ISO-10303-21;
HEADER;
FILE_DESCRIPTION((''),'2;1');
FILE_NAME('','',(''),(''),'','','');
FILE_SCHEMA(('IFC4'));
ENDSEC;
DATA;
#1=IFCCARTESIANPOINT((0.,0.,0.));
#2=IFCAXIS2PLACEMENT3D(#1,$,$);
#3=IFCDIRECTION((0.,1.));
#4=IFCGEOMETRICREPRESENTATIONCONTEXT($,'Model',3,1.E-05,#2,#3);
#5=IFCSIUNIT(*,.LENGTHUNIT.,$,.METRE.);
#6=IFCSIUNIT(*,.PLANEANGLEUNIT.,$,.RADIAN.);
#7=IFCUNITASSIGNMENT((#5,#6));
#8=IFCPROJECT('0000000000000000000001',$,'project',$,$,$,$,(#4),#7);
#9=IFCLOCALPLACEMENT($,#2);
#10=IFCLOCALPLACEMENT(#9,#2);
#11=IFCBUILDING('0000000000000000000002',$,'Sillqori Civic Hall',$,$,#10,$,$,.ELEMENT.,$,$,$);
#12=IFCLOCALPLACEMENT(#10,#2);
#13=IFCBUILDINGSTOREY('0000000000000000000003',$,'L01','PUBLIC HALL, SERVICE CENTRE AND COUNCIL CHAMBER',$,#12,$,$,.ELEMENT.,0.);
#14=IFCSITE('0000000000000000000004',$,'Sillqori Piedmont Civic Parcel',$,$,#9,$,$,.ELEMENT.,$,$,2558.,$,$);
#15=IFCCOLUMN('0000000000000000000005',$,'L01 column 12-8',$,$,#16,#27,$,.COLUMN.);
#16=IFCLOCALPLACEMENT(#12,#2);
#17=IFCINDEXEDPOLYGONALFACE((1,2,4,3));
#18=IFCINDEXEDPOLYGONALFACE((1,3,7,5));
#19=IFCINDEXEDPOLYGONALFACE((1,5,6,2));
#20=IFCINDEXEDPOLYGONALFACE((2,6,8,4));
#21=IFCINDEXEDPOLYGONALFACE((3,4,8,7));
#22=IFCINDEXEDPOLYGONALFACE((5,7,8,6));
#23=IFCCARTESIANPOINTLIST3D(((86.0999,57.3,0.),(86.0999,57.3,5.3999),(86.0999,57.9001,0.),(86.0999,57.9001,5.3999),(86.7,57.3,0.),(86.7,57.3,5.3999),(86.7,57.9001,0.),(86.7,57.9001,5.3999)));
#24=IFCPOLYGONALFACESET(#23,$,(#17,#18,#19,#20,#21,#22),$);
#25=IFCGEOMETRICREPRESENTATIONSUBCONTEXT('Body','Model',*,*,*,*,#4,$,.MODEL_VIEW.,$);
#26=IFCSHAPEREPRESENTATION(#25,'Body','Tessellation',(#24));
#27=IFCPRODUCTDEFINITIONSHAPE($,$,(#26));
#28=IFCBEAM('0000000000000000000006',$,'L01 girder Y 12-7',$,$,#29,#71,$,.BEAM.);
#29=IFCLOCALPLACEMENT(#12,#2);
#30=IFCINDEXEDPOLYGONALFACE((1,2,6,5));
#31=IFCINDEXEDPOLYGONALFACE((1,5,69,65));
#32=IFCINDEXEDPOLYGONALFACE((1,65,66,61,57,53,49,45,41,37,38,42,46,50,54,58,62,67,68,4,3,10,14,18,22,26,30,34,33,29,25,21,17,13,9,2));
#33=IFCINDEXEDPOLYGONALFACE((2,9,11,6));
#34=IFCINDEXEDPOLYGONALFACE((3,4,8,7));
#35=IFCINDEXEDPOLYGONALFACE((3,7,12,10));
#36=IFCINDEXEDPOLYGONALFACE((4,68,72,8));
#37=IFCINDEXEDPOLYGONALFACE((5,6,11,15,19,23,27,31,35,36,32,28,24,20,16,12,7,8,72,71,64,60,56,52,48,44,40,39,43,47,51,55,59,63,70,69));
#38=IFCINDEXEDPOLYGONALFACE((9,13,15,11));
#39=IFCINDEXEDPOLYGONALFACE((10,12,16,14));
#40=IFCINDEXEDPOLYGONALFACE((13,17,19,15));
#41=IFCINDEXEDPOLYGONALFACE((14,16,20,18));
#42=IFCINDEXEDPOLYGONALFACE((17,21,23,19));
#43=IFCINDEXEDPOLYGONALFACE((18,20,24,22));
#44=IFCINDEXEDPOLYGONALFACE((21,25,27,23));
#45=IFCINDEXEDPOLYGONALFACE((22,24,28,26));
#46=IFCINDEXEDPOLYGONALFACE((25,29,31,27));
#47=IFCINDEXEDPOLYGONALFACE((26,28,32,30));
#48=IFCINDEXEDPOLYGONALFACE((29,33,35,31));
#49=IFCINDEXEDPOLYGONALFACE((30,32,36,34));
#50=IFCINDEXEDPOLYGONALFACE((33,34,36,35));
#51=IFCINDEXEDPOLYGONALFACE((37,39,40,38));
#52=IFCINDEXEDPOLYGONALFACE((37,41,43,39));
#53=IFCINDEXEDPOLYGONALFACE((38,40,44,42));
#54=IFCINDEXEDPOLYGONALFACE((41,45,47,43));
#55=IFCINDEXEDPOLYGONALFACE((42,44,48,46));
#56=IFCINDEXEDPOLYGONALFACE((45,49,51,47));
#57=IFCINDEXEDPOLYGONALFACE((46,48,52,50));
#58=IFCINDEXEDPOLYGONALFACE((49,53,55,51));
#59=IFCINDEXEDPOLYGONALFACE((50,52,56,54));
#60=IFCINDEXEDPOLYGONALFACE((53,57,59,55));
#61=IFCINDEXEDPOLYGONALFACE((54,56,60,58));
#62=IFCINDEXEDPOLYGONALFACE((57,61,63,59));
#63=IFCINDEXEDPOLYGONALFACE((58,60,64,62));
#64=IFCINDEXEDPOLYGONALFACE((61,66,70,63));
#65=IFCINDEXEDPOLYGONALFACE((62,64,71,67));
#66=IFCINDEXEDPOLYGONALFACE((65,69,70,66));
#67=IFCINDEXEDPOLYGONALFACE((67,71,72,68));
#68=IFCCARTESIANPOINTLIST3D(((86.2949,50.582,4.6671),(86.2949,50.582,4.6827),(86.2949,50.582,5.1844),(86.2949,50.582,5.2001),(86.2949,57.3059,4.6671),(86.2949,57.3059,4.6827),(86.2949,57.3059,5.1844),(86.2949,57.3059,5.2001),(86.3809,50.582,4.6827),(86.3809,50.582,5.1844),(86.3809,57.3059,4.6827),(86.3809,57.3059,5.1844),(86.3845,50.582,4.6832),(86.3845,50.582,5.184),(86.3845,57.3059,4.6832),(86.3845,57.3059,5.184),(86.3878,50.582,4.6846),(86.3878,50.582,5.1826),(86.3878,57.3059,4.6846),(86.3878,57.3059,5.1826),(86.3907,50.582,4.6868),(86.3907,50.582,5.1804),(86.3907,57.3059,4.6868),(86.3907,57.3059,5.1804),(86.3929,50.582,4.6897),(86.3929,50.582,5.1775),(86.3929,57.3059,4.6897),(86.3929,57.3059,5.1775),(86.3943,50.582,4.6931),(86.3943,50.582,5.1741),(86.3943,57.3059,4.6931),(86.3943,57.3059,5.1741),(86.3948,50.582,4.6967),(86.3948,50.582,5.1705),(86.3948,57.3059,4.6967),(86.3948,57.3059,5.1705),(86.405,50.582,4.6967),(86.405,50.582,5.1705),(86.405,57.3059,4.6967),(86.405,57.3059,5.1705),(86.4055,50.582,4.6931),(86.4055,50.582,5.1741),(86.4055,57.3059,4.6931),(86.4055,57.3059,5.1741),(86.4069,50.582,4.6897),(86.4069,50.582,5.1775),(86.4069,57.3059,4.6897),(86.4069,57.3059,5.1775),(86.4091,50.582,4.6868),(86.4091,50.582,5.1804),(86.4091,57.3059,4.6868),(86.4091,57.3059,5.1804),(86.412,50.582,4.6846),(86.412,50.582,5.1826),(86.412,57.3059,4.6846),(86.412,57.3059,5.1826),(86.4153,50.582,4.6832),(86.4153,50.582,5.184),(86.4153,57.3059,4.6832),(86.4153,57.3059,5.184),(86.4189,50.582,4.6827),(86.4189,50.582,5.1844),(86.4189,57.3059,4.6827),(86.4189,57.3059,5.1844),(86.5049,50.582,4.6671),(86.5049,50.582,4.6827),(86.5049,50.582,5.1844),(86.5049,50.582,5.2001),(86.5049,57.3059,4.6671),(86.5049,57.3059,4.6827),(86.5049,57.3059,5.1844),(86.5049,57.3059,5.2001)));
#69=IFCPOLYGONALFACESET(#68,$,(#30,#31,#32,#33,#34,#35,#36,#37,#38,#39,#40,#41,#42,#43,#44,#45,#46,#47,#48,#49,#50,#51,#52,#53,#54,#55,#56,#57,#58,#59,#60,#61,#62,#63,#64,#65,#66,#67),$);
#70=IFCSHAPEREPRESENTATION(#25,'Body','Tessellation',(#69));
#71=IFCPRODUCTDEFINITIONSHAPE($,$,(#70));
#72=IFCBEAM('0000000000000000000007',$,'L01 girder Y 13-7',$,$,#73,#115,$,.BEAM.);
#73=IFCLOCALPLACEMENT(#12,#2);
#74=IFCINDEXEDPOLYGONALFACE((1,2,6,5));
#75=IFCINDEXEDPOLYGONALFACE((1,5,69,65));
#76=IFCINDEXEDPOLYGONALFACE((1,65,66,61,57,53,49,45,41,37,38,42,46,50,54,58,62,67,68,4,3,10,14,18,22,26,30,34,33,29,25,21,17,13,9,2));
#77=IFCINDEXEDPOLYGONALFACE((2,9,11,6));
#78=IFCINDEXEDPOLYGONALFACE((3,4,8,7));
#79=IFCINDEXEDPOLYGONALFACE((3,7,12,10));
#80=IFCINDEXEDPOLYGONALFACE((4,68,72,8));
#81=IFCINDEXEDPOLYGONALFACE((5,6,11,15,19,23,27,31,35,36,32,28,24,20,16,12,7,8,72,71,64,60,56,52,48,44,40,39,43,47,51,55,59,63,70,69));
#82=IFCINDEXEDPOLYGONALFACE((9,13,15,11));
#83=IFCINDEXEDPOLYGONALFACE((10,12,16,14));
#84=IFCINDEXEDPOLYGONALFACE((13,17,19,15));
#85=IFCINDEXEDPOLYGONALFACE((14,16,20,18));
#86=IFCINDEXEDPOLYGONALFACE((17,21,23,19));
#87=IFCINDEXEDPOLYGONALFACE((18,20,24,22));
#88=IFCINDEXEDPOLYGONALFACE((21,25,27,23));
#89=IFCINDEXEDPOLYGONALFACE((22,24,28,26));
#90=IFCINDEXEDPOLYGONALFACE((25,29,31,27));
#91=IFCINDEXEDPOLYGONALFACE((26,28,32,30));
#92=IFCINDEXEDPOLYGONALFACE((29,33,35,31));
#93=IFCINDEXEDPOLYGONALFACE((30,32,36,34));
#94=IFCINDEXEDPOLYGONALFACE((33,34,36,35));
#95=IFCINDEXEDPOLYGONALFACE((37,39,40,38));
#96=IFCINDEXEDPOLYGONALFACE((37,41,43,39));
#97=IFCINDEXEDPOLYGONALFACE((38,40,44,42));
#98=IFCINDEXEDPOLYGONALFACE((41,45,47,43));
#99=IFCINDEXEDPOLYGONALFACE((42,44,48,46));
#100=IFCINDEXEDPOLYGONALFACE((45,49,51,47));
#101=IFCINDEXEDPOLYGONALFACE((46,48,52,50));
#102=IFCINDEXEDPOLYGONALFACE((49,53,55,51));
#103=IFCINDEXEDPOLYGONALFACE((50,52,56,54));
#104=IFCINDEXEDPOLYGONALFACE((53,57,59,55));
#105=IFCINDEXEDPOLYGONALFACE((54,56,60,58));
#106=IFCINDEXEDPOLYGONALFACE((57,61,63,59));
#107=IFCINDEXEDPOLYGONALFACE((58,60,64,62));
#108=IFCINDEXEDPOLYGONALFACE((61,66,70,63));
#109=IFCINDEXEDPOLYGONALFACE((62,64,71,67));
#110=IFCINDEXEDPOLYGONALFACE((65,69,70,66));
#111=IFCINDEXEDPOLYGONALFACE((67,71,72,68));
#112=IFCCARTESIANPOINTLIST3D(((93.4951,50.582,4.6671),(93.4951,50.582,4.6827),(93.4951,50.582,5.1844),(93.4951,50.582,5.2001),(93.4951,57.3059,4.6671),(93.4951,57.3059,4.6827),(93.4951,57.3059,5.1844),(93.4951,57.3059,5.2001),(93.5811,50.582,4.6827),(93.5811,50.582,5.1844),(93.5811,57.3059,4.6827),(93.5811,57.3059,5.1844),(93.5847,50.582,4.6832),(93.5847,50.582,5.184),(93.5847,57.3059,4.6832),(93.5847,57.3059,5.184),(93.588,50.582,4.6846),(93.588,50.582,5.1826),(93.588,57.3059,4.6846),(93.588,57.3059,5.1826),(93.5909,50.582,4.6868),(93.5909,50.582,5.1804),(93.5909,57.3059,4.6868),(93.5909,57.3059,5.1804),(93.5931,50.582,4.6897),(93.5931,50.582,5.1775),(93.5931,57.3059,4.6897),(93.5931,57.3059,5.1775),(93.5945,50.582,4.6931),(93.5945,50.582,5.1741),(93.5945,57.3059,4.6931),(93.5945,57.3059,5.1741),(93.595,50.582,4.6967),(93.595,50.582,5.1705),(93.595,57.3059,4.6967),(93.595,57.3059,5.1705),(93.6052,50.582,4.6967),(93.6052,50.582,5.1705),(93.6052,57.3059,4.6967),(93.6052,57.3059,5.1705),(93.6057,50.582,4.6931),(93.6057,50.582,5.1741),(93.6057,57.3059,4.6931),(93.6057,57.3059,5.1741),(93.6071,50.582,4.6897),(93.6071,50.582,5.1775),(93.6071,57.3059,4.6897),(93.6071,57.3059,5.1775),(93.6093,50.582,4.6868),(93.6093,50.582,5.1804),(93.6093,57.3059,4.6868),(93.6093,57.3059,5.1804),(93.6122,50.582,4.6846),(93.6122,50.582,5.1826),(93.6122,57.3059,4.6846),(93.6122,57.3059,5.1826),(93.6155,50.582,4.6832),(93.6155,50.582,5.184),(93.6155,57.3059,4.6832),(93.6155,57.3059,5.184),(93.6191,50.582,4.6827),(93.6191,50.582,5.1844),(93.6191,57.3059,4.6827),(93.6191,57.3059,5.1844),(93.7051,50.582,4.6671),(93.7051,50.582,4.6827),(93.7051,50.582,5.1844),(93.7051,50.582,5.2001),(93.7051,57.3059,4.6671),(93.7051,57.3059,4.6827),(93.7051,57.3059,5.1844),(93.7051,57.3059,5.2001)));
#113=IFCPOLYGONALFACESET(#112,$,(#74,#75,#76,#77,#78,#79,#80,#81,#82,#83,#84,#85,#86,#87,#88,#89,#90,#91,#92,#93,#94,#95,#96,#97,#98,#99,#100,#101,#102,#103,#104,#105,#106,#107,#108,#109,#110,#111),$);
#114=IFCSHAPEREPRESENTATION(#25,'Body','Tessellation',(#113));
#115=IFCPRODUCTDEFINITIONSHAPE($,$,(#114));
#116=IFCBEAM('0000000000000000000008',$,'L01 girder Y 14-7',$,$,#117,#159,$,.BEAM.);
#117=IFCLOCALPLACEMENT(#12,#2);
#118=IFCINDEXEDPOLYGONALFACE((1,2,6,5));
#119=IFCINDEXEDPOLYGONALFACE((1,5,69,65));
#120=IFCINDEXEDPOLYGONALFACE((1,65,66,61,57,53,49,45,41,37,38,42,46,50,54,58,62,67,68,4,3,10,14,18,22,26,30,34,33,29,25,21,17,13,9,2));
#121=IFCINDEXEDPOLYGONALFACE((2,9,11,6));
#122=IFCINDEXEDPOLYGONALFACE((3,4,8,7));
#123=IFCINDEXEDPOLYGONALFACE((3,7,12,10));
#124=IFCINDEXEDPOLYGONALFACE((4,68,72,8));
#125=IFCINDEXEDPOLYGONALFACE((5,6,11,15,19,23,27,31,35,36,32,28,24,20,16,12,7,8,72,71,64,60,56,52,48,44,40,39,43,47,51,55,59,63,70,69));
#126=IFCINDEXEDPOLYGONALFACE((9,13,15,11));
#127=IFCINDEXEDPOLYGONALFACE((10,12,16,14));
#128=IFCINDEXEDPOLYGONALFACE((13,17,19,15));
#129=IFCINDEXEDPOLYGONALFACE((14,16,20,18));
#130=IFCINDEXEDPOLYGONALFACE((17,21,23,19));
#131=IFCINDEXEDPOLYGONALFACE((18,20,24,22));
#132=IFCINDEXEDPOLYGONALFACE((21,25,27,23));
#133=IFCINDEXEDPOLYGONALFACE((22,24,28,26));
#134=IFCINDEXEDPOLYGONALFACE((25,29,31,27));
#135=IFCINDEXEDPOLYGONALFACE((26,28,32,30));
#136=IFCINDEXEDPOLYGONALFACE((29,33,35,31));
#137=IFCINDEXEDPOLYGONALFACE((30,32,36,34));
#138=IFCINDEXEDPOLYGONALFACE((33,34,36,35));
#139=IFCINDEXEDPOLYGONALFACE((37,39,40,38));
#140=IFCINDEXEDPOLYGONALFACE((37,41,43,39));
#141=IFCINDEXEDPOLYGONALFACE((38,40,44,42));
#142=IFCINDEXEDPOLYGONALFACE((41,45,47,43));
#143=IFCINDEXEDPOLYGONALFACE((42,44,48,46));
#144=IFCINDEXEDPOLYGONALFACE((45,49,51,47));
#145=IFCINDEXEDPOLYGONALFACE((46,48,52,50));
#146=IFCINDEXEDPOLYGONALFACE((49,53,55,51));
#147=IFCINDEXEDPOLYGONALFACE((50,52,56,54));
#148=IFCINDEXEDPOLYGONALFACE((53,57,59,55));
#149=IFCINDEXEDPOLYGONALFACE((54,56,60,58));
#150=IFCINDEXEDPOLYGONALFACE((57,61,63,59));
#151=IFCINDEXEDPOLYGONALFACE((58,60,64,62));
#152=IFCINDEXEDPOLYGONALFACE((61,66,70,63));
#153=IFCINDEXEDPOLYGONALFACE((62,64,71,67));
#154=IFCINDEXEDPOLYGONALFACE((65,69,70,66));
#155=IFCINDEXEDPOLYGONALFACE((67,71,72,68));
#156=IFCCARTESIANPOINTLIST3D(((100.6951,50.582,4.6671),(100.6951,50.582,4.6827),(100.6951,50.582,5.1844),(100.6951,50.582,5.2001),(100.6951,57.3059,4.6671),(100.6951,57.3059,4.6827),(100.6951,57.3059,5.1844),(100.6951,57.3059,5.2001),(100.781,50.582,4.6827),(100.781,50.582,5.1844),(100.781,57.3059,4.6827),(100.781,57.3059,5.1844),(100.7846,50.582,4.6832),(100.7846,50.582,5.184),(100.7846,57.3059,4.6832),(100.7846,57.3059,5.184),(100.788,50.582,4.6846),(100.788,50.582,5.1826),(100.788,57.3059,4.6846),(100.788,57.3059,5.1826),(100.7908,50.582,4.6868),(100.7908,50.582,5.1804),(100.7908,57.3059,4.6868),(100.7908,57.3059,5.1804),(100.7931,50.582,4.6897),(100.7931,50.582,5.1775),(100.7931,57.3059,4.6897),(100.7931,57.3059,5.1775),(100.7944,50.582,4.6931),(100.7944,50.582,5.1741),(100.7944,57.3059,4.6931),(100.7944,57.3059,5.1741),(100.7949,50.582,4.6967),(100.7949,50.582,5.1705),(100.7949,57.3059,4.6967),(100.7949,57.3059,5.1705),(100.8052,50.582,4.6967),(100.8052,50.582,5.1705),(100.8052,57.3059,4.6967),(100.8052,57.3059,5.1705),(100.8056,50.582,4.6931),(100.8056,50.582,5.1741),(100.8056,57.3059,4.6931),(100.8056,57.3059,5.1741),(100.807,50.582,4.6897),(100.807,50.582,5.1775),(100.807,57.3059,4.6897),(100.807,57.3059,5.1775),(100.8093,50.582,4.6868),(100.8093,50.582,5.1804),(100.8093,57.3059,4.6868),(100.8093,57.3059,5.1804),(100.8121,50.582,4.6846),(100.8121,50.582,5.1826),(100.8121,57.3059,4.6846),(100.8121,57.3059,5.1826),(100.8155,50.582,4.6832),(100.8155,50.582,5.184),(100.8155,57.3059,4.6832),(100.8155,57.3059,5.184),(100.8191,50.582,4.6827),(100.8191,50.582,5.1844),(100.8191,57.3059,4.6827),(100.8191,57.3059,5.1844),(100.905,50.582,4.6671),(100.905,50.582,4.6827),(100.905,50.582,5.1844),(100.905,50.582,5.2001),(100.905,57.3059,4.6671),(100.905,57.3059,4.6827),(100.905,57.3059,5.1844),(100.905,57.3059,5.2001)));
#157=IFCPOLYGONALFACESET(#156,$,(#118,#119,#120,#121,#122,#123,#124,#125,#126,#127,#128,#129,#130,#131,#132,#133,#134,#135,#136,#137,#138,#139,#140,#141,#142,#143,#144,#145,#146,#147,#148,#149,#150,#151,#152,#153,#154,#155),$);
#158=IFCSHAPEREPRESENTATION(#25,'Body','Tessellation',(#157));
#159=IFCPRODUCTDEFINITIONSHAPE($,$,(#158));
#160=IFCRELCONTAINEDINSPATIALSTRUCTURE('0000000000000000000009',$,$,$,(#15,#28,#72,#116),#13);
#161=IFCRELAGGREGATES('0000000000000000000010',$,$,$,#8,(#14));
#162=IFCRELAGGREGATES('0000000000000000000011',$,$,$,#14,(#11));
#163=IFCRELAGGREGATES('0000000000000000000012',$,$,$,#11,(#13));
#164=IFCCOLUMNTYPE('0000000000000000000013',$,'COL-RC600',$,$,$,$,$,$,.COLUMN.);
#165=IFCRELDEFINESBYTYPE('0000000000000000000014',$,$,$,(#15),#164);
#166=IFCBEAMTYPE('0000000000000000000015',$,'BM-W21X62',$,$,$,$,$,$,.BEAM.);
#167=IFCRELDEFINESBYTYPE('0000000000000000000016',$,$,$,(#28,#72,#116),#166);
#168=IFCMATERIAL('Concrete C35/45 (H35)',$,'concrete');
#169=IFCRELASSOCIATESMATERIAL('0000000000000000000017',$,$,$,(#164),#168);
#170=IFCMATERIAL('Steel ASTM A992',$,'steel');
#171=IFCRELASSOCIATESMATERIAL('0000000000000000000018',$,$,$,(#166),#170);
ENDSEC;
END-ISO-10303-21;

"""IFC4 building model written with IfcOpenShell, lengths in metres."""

from ifc_helpers import new_model, si_unit, direction, frame, origin, origin_2d, place, context, subcontext, project, spatial, rectangle, i_section, extrude, material, material_profile, profile_set, type_object, element, save


model = new_model("IFC4")

# Units and contexts
model_context = context("Model", 3, precision=1e-05, world=origin(), true_north=direction((0.0, 1.0)))
body_context = subcontext(model_context, "Body", "Model", "MODEL_VIEW")
ifc_project = project(units=[si_unit("LENGTHUNIT", "METRE"), si_unit("PLANEANGLEUNIT", "RADIAN")], contexts=[model_context])

# Site, building, storey
site_placement = place(None, origin())
site = spatial("IfcSite", under=ifc_project, at=site_placement, Name="Sillqori Piedmont Civic Parcel", CompositionType="ELEMENT", RefElevation=2558.0)
building_placement = place(site_placement, origin())
building = spatial("IfcBuilding", under=site, at=building_placement, Name="Sillqori Civic Hall", CompositionType="ELEMENT")
storey_placement = place(building_placement, origin())
storey = spatial("IfcBuildingStorey", under=building, at=storey_placement, Name="L01", Description="PUBLIC HALL, SERVICE CENTRE AND COUNCIL CHAMBER", CompositionType="ELEMENT", Elevation=0.0)

# Column
ifc_material_1 = material(Name="Concrete C35/45 (H35)", Category="concrete")
ifc_material_profile_1 = material_profile(ifc_material_1, rectangle(XDim=0.6001, YDim=0.6001, at=origin_2d()), Name="RC 600x600")
ifc_profile_set_1 = profile_set([ifc_material_profile_1], Name="Concrete C35/45 (H35)")
column_type = type_object("IfcColumnType", Name="COL-RC600", PredefinedType="COLUMN", material=ifc_profile_set_1)
column_placement = place(storey_placement, frame((86.3999, 57.6001, 0.0), z_axis=(0.0, 0.0, 1.0), x_axis=(1.0, 0.0, 0.0)))
element("IfcColumn", 1, at=column_placement, inside=storey, type_object=column_type, Name="L01 column 12-8", PredefinedType="COLUMN", context=body_context, shape_type="SweptSolid", body=[
    extrude(rectangle(XDim=0.6001, YDim=0.6001, at=origin_2d()), origin(), (0.0, 0.0, 1.0), 5.3999),
])

# Beams
ifc_material_2 = material(Name="Steel ASTM A992", Category="steel")
ifc_material_profile_2 = material_profile(ifc_material_2, i_section(OverallWidth=0.21, OverallDepth=0.533, WebThickness=0.0103, FlangeThickness=0.0156, FilletRadius=0.0139, at=origin_2d()), Name="W21X62")
ifc_profile_set_2 = profile_set([ifc_material_profile_2], Name="Steel ASTM A992")
beam_type_1 = type_object("IfcBeamType", Name="BM-W21X62", PredefinedType="BEAM", material=ifc_profile_set_2)
for number, where, z_axis, x_axis, name in (
    (2, (86.3999, 50.582, 4.9336), (0.0, 1.0, 0.0), (-1.0, 0.0, 0.0), "L01 girder Y 12-7"),
    (3, (93.6001, 50.582, 4.9336), (0.0, 1.0, 0.0), (-1.0, 0.0, 0.0), "L01 girder Y 13-7"),
    (4, (100.8, 50.582, 4.9336), (0.0, 1.0, 0.0), (-1.0, 0.0, 0.0), "L01 girder Y 14-7"),
):
    element("IfcBeam", number, at=place(storey_placement, frame(where, z_axis=z_axis, x_axis=x_axis)), inside=storey, type_object=beam_type_1, Name=name, PredefinedType="BEAM", context=body_context, shape_type="SweptSolid", body=[
        extrude(i_section(OverallWidth=0.21, OverallDepth=0.533, WebThickness=0.0103, FlangeThickness=0.0156, FilletRadius=0.0139, at=origin_2d()), origin(), (0.0, 0.0, 1.0), 6.7239),
    ])

save(model, "model.ifc")
